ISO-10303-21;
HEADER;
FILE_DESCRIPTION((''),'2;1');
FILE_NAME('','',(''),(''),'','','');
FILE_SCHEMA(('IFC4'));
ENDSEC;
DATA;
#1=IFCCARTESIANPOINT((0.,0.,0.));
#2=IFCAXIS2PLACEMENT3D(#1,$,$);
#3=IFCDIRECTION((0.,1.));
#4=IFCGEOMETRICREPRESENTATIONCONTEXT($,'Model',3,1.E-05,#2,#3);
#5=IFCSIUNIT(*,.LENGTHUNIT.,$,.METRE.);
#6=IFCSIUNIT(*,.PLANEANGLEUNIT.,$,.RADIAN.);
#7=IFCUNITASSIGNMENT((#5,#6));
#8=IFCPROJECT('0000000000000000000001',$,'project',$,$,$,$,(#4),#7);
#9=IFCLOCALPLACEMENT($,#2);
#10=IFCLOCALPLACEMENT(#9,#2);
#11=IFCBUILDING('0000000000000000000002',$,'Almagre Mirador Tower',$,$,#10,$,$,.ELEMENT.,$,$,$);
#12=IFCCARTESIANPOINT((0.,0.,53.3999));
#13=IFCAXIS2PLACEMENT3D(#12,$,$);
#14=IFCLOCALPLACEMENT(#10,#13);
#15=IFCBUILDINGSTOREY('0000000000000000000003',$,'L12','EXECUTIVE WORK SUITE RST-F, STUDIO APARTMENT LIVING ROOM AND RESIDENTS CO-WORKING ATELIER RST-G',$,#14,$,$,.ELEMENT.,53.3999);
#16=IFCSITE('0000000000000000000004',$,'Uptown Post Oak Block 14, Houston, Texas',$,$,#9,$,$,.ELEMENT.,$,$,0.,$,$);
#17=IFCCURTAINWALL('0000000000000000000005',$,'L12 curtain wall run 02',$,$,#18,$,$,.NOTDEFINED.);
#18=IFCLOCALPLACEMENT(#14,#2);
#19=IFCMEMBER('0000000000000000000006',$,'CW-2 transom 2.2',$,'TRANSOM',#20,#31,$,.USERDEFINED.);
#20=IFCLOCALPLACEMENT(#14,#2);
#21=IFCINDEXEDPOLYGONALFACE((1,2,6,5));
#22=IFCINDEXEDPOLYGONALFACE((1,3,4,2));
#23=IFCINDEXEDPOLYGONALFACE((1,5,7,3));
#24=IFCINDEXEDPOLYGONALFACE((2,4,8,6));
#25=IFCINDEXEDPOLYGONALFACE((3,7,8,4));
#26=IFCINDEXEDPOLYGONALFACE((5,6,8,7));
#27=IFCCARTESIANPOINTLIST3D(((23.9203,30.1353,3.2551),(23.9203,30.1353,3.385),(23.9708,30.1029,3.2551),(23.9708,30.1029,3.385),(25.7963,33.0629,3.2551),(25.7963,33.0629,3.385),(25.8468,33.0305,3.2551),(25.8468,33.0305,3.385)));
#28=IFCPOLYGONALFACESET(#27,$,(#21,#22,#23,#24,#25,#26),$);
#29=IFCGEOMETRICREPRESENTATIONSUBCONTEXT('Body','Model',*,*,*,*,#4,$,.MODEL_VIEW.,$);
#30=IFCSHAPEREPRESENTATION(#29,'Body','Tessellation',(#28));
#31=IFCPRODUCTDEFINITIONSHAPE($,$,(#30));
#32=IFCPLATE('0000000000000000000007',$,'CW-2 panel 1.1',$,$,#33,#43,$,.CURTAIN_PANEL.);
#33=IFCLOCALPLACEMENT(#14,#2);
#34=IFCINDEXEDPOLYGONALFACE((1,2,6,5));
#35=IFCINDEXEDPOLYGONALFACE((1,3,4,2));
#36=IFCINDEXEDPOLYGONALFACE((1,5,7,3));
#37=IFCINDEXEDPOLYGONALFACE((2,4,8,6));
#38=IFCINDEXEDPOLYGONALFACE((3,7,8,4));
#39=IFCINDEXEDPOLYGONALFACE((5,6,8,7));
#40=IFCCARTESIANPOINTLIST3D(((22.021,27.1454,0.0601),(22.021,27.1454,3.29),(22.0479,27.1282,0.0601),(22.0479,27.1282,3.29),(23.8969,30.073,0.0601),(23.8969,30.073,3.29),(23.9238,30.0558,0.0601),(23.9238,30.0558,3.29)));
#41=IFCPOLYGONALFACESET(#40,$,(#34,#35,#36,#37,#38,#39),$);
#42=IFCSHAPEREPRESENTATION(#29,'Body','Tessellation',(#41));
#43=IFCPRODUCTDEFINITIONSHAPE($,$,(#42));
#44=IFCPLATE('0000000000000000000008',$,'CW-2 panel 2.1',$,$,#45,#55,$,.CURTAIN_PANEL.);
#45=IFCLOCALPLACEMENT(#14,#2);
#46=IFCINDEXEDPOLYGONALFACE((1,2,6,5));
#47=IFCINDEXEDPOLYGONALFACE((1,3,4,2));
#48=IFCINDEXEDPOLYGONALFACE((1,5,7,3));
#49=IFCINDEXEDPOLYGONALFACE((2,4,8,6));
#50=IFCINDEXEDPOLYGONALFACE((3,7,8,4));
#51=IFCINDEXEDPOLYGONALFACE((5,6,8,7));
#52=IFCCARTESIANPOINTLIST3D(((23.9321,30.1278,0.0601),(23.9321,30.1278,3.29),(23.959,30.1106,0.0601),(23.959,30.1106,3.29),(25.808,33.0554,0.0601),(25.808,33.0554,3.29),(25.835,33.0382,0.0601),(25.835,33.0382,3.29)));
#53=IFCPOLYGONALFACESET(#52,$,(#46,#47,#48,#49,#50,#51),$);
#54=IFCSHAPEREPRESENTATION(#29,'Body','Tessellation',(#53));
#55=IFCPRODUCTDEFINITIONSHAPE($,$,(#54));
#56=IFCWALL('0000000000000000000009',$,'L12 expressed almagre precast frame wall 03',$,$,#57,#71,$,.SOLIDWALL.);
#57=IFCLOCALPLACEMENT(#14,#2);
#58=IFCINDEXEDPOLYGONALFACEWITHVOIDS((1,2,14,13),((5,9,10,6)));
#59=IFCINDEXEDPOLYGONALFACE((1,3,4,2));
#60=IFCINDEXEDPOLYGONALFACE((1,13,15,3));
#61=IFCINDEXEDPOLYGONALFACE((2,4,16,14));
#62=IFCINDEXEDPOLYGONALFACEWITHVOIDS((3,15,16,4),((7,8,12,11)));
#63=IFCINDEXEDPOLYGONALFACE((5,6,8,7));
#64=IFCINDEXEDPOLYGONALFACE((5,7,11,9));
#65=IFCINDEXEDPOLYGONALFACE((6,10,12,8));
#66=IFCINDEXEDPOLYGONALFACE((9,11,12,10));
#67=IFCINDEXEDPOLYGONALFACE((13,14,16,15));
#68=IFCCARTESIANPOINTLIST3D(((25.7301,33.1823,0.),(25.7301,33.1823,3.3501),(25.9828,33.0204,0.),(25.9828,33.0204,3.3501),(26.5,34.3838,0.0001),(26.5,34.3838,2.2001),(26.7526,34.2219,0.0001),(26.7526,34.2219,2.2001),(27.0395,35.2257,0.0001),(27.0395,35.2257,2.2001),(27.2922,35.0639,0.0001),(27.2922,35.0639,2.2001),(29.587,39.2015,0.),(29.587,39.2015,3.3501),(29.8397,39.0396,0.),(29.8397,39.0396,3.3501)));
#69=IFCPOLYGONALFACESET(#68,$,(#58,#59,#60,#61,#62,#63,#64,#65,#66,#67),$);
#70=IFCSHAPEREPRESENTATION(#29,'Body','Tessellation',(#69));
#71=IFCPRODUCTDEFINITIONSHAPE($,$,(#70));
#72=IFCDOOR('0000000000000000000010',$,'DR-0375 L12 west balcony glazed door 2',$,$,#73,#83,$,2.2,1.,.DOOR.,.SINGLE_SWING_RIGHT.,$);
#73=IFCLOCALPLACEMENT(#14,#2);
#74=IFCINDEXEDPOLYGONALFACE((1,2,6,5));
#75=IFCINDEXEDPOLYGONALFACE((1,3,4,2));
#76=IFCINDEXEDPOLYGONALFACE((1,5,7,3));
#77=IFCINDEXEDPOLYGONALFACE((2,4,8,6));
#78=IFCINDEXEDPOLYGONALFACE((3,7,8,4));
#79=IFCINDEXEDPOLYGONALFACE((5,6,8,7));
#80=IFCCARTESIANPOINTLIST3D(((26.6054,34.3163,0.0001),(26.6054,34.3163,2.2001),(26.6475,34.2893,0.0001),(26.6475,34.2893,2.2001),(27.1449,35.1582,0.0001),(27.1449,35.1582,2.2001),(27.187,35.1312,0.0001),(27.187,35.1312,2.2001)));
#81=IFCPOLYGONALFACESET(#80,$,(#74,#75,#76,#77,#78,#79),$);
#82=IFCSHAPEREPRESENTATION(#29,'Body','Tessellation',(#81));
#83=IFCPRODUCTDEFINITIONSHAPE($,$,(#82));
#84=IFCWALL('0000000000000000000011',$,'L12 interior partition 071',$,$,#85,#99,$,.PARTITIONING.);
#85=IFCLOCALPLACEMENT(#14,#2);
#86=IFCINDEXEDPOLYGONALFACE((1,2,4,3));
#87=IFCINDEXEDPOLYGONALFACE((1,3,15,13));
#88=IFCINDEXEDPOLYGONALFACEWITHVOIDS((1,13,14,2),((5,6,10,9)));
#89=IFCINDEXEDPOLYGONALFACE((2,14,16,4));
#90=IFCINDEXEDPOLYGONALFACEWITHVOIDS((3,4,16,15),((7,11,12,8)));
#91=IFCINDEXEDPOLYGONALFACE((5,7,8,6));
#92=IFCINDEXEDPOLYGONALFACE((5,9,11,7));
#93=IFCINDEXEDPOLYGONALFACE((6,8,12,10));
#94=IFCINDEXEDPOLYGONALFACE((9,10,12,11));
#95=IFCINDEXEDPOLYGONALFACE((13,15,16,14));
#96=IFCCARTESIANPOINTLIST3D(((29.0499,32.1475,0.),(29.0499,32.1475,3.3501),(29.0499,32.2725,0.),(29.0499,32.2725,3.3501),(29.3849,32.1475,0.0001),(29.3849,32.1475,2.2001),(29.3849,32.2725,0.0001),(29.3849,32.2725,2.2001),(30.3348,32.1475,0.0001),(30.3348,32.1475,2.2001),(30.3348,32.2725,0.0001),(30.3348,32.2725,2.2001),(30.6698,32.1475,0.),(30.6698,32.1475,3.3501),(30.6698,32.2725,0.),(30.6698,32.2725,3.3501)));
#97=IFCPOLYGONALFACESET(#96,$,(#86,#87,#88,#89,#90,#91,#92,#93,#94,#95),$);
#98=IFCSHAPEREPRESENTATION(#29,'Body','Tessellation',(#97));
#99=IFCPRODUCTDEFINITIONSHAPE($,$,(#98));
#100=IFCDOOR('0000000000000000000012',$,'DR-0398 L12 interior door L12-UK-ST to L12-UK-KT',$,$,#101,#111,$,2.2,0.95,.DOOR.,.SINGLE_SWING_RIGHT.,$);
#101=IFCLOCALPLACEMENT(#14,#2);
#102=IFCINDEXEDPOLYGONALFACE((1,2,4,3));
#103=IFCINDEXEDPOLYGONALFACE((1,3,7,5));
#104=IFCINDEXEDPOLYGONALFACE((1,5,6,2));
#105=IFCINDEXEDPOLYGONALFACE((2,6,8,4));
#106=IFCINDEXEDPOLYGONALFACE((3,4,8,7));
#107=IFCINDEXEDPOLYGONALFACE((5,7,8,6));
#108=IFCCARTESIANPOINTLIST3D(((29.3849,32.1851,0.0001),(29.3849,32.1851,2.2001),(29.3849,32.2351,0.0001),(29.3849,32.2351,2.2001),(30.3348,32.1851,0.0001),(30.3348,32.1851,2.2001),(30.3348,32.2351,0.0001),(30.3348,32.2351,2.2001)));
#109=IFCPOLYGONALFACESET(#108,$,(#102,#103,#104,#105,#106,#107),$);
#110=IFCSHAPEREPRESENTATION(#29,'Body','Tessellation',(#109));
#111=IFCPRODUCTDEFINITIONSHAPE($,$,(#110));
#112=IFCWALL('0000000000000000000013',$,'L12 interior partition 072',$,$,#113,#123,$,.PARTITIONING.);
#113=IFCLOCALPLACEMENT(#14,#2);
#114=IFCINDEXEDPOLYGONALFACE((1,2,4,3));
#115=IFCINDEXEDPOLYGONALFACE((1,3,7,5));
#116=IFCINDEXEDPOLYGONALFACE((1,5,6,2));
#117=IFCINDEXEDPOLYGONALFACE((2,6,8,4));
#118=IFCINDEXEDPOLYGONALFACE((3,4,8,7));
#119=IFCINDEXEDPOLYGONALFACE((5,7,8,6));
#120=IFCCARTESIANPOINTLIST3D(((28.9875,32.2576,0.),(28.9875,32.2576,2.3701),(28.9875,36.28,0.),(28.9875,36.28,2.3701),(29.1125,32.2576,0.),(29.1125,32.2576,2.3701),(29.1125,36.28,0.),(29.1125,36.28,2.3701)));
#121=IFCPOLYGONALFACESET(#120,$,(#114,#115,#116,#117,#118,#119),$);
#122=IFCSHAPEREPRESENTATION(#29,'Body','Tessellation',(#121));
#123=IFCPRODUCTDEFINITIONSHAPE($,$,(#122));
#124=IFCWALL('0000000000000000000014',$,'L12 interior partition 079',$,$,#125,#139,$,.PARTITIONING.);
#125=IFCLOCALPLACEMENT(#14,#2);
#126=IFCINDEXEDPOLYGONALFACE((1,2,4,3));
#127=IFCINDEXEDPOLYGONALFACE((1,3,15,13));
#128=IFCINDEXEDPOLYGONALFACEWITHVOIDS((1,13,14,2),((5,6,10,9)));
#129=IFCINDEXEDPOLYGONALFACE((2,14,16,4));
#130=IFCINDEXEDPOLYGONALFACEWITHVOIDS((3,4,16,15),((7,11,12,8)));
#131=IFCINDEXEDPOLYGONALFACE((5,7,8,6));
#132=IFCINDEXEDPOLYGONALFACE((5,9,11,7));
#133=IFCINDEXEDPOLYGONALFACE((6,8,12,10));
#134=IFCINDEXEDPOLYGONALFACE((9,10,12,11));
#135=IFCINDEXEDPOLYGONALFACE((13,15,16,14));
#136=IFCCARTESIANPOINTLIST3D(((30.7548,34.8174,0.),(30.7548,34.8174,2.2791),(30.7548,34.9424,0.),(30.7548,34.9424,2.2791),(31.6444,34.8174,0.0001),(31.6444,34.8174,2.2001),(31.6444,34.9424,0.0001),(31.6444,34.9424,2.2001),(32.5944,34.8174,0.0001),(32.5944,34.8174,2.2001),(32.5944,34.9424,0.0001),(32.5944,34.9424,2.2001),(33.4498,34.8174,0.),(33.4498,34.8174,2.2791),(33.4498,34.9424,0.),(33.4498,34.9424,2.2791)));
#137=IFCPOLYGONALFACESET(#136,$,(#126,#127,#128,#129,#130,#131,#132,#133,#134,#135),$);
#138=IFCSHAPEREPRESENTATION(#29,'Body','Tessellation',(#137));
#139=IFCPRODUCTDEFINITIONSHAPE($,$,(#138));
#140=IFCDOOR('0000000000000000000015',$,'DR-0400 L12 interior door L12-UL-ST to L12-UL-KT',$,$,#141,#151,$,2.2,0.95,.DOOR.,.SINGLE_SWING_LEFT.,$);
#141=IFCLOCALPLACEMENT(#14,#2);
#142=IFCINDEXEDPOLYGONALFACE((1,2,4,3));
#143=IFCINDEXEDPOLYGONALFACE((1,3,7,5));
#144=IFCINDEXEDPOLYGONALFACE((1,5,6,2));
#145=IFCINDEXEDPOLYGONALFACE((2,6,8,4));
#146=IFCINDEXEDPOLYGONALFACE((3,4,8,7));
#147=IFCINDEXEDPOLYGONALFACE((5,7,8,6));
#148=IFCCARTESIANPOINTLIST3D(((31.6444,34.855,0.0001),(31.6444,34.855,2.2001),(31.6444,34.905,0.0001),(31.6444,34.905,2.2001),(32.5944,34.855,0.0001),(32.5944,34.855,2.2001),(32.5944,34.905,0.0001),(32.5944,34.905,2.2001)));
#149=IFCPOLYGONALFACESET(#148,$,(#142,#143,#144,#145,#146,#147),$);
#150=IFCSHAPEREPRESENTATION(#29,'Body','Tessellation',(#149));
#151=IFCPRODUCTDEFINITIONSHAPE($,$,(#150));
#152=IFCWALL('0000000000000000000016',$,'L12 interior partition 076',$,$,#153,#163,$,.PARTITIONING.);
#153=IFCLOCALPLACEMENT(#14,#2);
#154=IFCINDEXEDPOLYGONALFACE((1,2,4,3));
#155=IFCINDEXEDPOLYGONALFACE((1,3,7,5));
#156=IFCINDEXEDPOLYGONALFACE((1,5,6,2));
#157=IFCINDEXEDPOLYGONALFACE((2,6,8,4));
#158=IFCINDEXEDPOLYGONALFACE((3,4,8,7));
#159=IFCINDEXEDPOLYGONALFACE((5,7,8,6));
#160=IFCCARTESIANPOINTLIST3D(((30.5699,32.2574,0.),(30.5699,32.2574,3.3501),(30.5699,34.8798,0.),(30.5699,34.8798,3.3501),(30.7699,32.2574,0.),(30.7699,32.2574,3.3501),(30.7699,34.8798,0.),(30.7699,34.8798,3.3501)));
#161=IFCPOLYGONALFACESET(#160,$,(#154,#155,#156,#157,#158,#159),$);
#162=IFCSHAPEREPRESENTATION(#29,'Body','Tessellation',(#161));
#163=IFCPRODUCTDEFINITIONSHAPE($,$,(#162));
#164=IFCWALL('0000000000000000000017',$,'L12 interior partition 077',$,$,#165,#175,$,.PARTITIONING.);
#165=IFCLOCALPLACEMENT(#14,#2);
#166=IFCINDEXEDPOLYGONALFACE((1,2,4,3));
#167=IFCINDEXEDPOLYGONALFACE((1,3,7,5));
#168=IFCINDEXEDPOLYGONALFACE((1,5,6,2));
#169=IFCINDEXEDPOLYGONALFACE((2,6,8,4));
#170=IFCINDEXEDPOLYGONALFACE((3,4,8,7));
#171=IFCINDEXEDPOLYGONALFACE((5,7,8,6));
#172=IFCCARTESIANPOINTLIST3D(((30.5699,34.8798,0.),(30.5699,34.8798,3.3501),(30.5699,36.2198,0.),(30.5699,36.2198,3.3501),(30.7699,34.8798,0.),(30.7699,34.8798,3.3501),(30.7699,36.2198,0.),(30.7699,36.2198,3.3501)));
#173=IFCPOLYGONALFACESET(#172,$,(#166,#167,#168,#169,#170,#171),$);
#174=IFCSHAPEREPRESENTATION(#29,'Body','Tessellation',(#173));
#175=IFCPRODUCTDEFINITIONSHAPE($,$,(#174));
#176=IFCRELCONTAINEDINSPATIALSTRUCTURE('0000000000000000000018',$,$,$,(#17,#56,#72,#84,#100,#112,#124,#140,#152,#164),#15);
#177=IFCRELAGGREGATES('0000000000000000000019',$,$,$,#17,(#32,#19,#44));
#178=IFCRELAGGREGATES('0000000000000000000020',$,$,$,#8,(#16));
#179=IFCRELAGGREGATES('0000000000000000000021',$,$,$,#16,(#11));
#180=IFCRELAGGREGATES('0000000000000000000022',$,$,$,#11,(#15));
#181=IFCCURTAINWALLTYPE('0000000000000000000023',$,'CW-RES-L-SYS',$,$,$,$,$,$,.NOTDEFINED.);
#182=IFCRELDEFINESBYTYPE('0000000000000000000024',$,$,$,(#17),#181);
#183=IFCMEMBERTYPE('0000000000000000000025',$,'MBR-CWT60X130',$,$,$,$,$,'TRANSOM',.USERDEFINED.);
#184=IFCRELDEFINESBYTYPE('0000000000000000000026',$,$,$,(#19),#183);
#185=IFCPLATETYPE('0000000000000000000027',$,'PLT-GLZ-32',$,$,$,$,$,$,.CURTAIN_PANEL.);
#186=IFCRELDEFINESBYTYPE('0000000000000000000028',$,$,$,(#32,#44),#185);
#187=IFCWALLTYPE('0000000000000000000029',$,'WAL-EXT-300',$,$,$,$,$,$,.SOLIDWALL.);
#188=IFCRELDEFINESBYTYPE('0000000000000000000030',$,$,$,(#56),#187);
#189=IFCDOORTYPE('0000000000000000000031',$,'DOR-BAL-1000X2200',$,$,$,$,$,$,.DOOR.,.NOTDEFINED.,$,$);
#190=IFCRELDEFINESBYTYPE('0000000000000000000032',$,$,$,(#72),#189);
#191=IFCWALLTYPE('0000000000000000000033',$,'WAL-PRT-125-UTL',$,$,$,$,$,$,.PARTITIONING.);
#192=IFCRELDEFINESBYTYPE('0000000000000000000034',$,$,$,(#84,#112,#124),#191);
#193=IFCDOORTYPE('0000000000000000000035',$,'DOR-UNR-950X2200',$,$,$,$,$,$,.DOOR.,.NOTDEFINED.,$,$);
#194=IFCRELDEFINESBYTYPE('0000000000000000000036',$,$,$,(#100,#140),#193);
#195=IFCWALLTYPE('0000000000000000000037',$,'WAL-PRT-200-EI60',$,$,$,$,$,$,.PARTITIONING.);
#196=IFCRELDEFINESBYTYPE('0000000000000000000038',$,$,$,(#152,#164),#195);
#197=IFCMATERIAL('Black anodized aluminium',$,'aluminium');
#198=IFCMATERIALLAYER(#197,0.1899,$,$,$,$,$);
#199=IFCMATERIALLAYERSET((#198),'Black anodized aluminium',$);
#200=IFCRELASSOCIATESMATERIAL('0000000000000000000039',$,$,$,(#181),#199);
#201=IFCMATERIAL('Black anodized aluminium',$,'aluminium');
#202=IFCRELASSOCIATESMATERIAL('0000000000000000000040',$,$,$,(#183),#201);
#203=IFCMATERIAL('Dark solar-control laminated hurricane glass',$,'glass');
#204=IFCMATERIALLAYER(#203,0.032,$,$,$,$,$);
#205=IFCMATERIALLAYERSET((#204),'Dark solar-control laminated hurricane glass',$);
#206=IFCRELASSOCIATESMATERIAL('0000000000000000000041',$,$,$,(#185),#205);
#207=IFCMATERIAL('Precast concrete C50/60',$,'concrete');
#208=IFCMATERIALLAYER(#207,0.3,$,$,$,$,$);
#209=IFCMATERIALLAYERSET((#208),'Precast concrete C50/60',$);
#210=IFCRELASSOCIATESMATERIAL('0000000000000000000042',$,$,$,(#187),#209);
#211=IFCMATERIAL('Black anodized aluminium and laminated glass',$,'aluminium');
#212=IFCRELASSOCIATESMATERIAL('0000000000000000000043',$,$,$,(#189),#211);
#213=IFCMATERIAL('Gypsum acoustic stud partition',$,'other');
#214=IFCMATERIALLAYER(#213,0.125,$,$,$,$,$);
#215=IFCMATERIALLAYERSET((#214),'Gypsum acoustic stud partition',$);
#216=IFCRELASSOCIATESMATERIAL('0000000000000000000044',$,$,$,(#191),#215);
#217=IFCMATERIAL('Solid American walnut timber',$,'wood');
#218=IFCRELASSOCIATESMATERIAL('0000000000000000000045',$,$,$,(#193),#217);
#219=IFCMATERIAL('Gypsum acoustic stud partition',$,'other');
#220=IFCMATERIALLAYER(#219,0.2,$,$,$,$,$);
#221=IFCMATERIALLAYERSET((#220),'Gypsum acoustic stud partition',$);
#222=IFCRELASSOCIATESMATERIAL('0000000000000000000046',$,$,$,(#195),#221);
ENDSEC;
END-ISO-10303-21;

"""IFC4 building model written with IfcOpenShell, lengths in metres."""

from ifc_helpers import new_model, si_unit, direction, frame, frame_2d, origin, origin_2d, place, context, subcontext, project, spatial, rectangle, extrude, material, layer, layer_set, material_profile, profile_set, type_object, element, fill, aggregate, save


model = new_model("IFC4")

# Units and contexts
model_context = context("Model", 3, precision=1e-05, world=origin(), true_north=direction((0.0, 1.0)))
body_context = subcontext(model_context, "Body", "Model", "MODEL_VIEW")
ifc_project = project(units=[si_unit("LENGTHUNIT", "METRE"), si_unit("PLANEANGLEUNIT", "RADIAN")], contexts=[model_context])

# Site, building, storey
site_placement = place(None, origin())
site = spatial("IfcSite", under=ifc_project, at=site_placement, Name="Uptown Post Oak Block 14, Houston, Texas", CompositionType="ELEMENT", RefElevation=0.0)
building_placement = place(site_placement, origin())
building = spatial("IfcBuilding", under=site, at=building_placement, Name="Almagre Mirador Tower", CompositionType="ELEMENT")
storey_placement = place(building_placement, frame((0.0, 0.0, 53.3999)))
storey = spatial("IfcBuildingStorey", under=building, at=storey_placement, Name="L12", Description="EXECUTIVE WORK SUITE RST-F, STUDIO APARTMENT LIVING ROOM AND RESIDENTS CO-WORKING ATELIER RST-G", CompositionType="ELEMENT", Elevation=53.3999)

# Curtain wall, member, plates
ifc_material_1 = material(Name="Black anodized aluminium", Category="aluminium")
ifc_layer_1 = layer(ifc_material_1, 0.1899)
ifc_layer_set_1 = layer_set([ifc_layer_1], Name="Black anodized aluminium")
curtain_wall_type = type_object("IfcCurtainWallType", Name="CW-RES-L-SYS", PredefinedType="NOTDEFINED", material=ifc_layer_set_1)
curtain_wall_placement = place(storey_placement, origin())
curtain_wall = element("IfcCurtainWall", 1, at=curtain_wall_placement, inside=storey, type_object=curtain_wall_type, Name="L12 curtain wall run 02", PredefinedType="NOTDEFINED")
ifc_material_2 = material(Name="Black anodized aluminium", Category="aluminium")
ifc_material_profile_1 = material_profile(ifc_material_2, rectangle(XDim=0.0601, YDim=0.1299, at=origin_2d()), Name="CWT60X130")
ifc_profile_set_1 = profile_set([ifc_material_profile_1], Name="Black anodized aluminium")
member_type_1 = type_object("IfcMemberType", Name="MBR-CWT60X130", ElementType="TRANSOM", PredefinedType="USERDEFINED", material=ifc_profile_set_1)
member_1_placement = place(storey_placement, frame((23.9456, 30.1191, 3.3201), z_axis=(0.53954, 0.84196, 0.0), x_axis=(-0.84196, 0.53954, 0.0)))
member_1 = element("IfcMember", 2, at=member_1_placement, type_object=member_type_1, Name="CW-2 transom 2.2", ObjectType="TRANSOM", PredefinedType="USERDEFINED", context=body_context, shape_type="SweptSolid", body=[
    extrude(rectangle(XDim=0.0601, YDim=0.1299, at=origin_2d()), origin(), (0.0, 0.0, 1.0), 3.4771),
])
ifc_material_3 = material(Name="Dark solar-control laminated hurricane glass", Category="glass")
ifc_layer_2 = layer(ifc_material_3, 0.032)
ifc_layer_set_2 = layer_set([ifc_layer_2], Name="Dark solar-control laminated hurricane glass")
plate_type = type_object("IfcPlateType", Name="PLT-GLZ-32", PredefinedType="CURTAIN_PANEL", material=ifc_layer_set_2)
plate_1_placement = place(storey_placement, frame((22.9724, 28.6006, 0.0601), z_axis=(0.0, 0.0, 1.0), x_axis=(0.539515, 0.841976, 0.0)))
plate_1 = element("IfcPlate", 3, at=plate_1_placement, type_object=plate_type, Name="CW-2 panel 1.1", PredefinedType="CURTAIN_PANEL", context=body_context, shape_type="SweptSolid", body=[
    extrude(rectangle(XDim=3.4771, YDim=0.032, at=origin_2d()), origin(), (0.0, 0.0, 1.0), 3.23),
])
plate_2_placement = place(storey_placement, frame((24.8835, 31.583, 0.0601), z_axis=(0.0, 0.0, 1.0), x_axis=(0.539515, 0.841976, 0.0)))
plate_2 = element("IfcPlate", 4, at=plate_2_placement, type_object=plate_type, Name="CW-2 panel 2.1", PredefinedType="CURTAIN_PANEL", context=body_context, shape_type="SweptSolid", body=[
    extrude(rectangle(XDim=3.4771, YDim=0.032, at=origin_2d()), origin(), (0.0, 0.0, 1.0), 3.23),
])
aggregate(curtain_wall, [plate_1, member_1, plate_2])

# Walls, openings, doors
ifc_material_4 = material(Name="Precast concrete C50/60", Category="concrete")
ifc_layer_3 = layer(ifc_material_4, 0.3)
ifc_layer_set_3 = layer_set([ifc_layer_3], Name="Precast concrete C50/60")
wall_type_1 = type_object("IfcWallType", Name="WAL-EXT-300", PredefinedType="SOLIDWALL", material=ifc_layer_set_3)
wall_1_placement = place(storey_placement, frame((25.8564, 33.1013, 0.0), z_axis=(0.0, 0.0, 1.0), x_axis=(0.539509, 0.84198, 0.0)))
wall_1 = element("IfcWall", 5, at=wall_1_placement, inside=storey, type_object=wall_type_1, Name="L12 expressed almagre precast frame wall 03", PredefinedType="SOLIDWALL", context=body_context, shape_type="SweptSolid", body=[
    extrude(rectangle(XDim=7.1489, YDim=0.3, at=frame_2d((3.5745, 0.0))), origin(), (0.0, 0.0, 1.0), 3.3501),
])
opening_1_placement = place(wall_1_placement, frame((1.427, 0.0, 0.0)))
opening_1 = element("IfcOpeningElement", 6, at=opening_1_placement, cuts=wall_1, PredefinedType="OPENING", context=body_context, shape_type="SweptSolid", body=[
    extrude(rectangle(XDim=1.0, YDim=2.2, at=frame_2d((0.5, 1.1001))), frame((0.0, 0.1599, 0.0), z_axis=(0.0, -1.0, 0.0), x_axis=(1.0, 0.0, 0.0)), (0.0, 0.0, 1.0), 0.32),
])
ifc_material_5 = material(Name="Black anodized aluminium and laminated glass", Category="aluminium")
door_type_1 = type_object("IfcDoorType", Name="DOR-BAL-1000X2200", OperationType="NOTDEFINED", PredefinedType="DOOR", material=ifc_material_5)
door_1_placement = place(opening_1_placement, origin())
door_1 = element("IfcDoor", 7, at=door_1_placement, inside=storey, type_object=door_type_1, Name="DR-0375 L12 west balcony glazed door 2", OperationType="SINGLE_SWING_RIGHT", OverallHeight=2.2, OverallWidth=1.0, PredefinedType="DOOR", context=body_context, shape_type="SweptSolid", body=[
    extrude(rectangle(XDim=1.0, YDim=2.2, at=frame_2d((0.5, 1.1001))), frame((0.0, 0.0249, 0.0), z_axis=(0.0, -1.0, 0.0), x_axis=(1.0, 0.0, 0.0)), (0.0, 0.0, 1.0), 0.05),
])
fill(opening_1, door_1)
ifc_material_6 = material(Name="Gypsum acoustic stud partition", Category="other")
ifc_layer_4 = layer(ifc_material_6, 0.125)
ifc_layer_set_4 = layer_set([ifc_layer_4], Name="Gypsum acoustic stud partition")
wall_type_2 = type_object("IfcWallType", Name="WAL-PRT-125-UTL", PredefinedType="PARTITIONING", material=ifc_layer_set_4)
wall_2_placement = place(storey_placement, frame((30.6699, 32.21, 0.0), z_axis=(0.0, 0.0, 1.0), x_axis=(-1.0, 0.0, 0.0)))
wall_2 = element("IfcWall", 8, at=wall_2_placement, inside=storey, type_object=wall_type_2, Name="L12 interior partition 071", PredefinedType="PARTITIONING", context=body_context, shape_type="SweptSolid", body=[
    extrude(rectangle(XDim=1.6199, YDim=0.125, at=frame_2d((0.8101, 0.0))), origin(), (0.0, 0.0, 1.0), 3.3501),
])
opening_2_placement = place(wall_2_placement, frame((0.335, 0.0, 0.0)))
opening_2 = element("IfcOpeningElement", 9, at=opening_2_placement, cuts=wall_2, PredefinedType="OPENING", context=body_context, shape_type="SweptSolid", body=[
    extrude(rectangle(XDim=0.95, YDim=2.2, at=frame_2d((0.4751, 1.1001))), frame((0.0, 0.0725, 0.0), z_axis=(0.0, -1.0, 0.0), x_axis=(1.0, 0.0, 0.0)), (0.0, 0.0, 1.0), 0.145),
])
ifc_material_7 = material(Name="Solid American walnut timber", Category="wood")
door_type_2 = type_object("IfcDoorType", Name="DOR-UNR-950X2200", OperationType="NOTDEFINED", PredefinedType="DOOR", material=ifc_material_7)
door_2_placement = place(opening_2_placement, origin())
door_2 = element("IfcDoor", 10, at=door_2_placement, inside=storey, type_object=door_type_2, Name="DR-0398 L12 interior door L12-UK-ST to L12-UK-KT", OperationType="SINGLE_SWING_RIGHT", OverallHeight=2.2, OverallWidth=0.95, PredefinedType="DOOR", context=body_context, shape_type="SweptSolid", body=[
    extrude(rectangle(XDim=0.95, YDim=2.2, at=frame_2d((0.4751, 1.1001))), frame((0.0, 0.0249, 0.0), z_axis=(0.0, -1.0, 0.0), x_axis=(1.0, 0.0, 0.0)), (0.0, 0.0, 1.0), 0.05),
])
fill(opening_2, door_2)

# Wall
wall_3_placement = place(storey_placement, frame((29.05, 32.2576, 0.0), z_axis=(0.0, 0.0, 1.0), x_axis=(0.0, 1.0, 0.0)))
element("IfcWall", 11, at=wall_3_placement, inside=storey, type_object=wall_type_2, Name="L12 interior partition 072", PredefinedType="PARTITIONING", context=body_context, shape_type="SweptSolid", body=[
    extrude(rectangle(XDim=4.0225, YDim=0.125, at=frame_2d((2.0112, 0.0))), origin(), (0.0, 0.0, 1.0), 2.3701),
])

# Wall, opening, door
wall_4_placement = place(storey_placement, frame((33.45, 34.8799, 0.0), z_axis=(0.0, 0.0, 1.0), x_axis=(-1.0, 0.0, 0.0)))
wall_4 = element("IfcWall", 12, at=wall_4_placement, inside=storey, type_object=wall_type_2, Name="L12 interior partition 079", PredefinedType="PARTITIONING", context=body_context, shape_type="SweptSolid", body=[
    extrude(rectangle(XDim=2.6951, YDim=0.125, at=frame_2d((1.3477, 0.0))), origin(), (0.0, 0.0, 1.0), 2.2791),
])
opening_3_placement = place(wall_4_placement, frame((0.8555, 0.0, 0.0)))
opening_3 = element("IfcOpeningElement", 13, at=opening_3_placement, cuts=wall_4, PredefinedType="OPENING", context=body_context, shape_type="SweptSolid", body=[
    extrude(rectangle(XDim=0.95, YDim=2.2, at=frame_2d((0.4751, 1.1001))), frame((0.0, 0.0725, 0.0), z_axis=(0.0, -1.0, 0.0), x_axis=(1.0, 0.0, 0.0)), (0.0, 0.0, 1.0), 0.145),
])
door_3_placement = place(opening_3_placement, origin())
door_3 = element("IfcDoor", 14, at=door_3_placement, inside=storey, type_object=door_type_2, Name="DR-0400 L12 interior door L12-UL-ST to L12-UL-KT", OperationType="SINGLE_SWING_LEFT", OverallHeight=2.2, OverallWidth=0.95, PredefinedType="DOOR", context=body_context, shape_type="SweptSolid", body=[
    extrude(rectangle(XDim=0.95, YDim=2.2, at=frame_2d((0.4751, 1.1001))), frame((0.0, 0.0249, 0.0), z_axis=(0.0, -1.0, 0.0), x_axis=(1.0, 0.0, 0.0)), (0.0, 0.0, 1.0), 0.05),
])
fill(opening_3, door_3)

# Walls
ifc_material_8 = material(Name="Gypsum acoustic stud partition", Category="other")
ifc_layer_5 = layer(ifc_material_8, 0.2)
ifc_layer_set_5 = layer_set([ifc_layer_5], Name="Gypsum acoustic stud partition")
wall_type_3 = type_object("IfcWallType", Name="WAL-PRT-200-EI60", PredefinedType="PARTITIONING", material=ifc_layer_set_5)
wall_5_placement = place(storey_placement, frame((30.6699, 32.2576, 0.0), z_axis=(0.0, 0.0, 1.0), x_axis=(0.0, 1.0, 0.0)))
element("IfcWall", 15, at=wall_5_placement, inside=storey, type_object=wall_type_3, Name="L12 interior partition 076", PredefinedType="PARTITIONING", context=body_context, shape_type="SweptSolid", body=[
    extrude(rectangle(XDim=2.6223, YDim=0.2, at=frame_2d((1.311, 0.0))), origin(), (0.0, 0.0, 1.0), 3.3501),
])
wall_6_placement = place(storey_placement, frame((30.6699, 34.8799, 0.0), z_axis=(0.0, 0.0, 1.0), x_axis=(0.0, 1.0, 0.0)))
element("IfcWall", 16, at=wall_6_placement, inside=storey, type_object=wall_type_3, Name="L12 interior partition 077", PredefinedType="PARTITIONING", context=body_context, shape_type="SweptSolid", body=[
    extrude(rectangle(XDim=1.3401, YDim=0.2, at=frame_2d((0.6699, 0.0))), origin(), (0.0, 0.0, 1.0), 3.3501),
])

save(model, "model.ifc")
